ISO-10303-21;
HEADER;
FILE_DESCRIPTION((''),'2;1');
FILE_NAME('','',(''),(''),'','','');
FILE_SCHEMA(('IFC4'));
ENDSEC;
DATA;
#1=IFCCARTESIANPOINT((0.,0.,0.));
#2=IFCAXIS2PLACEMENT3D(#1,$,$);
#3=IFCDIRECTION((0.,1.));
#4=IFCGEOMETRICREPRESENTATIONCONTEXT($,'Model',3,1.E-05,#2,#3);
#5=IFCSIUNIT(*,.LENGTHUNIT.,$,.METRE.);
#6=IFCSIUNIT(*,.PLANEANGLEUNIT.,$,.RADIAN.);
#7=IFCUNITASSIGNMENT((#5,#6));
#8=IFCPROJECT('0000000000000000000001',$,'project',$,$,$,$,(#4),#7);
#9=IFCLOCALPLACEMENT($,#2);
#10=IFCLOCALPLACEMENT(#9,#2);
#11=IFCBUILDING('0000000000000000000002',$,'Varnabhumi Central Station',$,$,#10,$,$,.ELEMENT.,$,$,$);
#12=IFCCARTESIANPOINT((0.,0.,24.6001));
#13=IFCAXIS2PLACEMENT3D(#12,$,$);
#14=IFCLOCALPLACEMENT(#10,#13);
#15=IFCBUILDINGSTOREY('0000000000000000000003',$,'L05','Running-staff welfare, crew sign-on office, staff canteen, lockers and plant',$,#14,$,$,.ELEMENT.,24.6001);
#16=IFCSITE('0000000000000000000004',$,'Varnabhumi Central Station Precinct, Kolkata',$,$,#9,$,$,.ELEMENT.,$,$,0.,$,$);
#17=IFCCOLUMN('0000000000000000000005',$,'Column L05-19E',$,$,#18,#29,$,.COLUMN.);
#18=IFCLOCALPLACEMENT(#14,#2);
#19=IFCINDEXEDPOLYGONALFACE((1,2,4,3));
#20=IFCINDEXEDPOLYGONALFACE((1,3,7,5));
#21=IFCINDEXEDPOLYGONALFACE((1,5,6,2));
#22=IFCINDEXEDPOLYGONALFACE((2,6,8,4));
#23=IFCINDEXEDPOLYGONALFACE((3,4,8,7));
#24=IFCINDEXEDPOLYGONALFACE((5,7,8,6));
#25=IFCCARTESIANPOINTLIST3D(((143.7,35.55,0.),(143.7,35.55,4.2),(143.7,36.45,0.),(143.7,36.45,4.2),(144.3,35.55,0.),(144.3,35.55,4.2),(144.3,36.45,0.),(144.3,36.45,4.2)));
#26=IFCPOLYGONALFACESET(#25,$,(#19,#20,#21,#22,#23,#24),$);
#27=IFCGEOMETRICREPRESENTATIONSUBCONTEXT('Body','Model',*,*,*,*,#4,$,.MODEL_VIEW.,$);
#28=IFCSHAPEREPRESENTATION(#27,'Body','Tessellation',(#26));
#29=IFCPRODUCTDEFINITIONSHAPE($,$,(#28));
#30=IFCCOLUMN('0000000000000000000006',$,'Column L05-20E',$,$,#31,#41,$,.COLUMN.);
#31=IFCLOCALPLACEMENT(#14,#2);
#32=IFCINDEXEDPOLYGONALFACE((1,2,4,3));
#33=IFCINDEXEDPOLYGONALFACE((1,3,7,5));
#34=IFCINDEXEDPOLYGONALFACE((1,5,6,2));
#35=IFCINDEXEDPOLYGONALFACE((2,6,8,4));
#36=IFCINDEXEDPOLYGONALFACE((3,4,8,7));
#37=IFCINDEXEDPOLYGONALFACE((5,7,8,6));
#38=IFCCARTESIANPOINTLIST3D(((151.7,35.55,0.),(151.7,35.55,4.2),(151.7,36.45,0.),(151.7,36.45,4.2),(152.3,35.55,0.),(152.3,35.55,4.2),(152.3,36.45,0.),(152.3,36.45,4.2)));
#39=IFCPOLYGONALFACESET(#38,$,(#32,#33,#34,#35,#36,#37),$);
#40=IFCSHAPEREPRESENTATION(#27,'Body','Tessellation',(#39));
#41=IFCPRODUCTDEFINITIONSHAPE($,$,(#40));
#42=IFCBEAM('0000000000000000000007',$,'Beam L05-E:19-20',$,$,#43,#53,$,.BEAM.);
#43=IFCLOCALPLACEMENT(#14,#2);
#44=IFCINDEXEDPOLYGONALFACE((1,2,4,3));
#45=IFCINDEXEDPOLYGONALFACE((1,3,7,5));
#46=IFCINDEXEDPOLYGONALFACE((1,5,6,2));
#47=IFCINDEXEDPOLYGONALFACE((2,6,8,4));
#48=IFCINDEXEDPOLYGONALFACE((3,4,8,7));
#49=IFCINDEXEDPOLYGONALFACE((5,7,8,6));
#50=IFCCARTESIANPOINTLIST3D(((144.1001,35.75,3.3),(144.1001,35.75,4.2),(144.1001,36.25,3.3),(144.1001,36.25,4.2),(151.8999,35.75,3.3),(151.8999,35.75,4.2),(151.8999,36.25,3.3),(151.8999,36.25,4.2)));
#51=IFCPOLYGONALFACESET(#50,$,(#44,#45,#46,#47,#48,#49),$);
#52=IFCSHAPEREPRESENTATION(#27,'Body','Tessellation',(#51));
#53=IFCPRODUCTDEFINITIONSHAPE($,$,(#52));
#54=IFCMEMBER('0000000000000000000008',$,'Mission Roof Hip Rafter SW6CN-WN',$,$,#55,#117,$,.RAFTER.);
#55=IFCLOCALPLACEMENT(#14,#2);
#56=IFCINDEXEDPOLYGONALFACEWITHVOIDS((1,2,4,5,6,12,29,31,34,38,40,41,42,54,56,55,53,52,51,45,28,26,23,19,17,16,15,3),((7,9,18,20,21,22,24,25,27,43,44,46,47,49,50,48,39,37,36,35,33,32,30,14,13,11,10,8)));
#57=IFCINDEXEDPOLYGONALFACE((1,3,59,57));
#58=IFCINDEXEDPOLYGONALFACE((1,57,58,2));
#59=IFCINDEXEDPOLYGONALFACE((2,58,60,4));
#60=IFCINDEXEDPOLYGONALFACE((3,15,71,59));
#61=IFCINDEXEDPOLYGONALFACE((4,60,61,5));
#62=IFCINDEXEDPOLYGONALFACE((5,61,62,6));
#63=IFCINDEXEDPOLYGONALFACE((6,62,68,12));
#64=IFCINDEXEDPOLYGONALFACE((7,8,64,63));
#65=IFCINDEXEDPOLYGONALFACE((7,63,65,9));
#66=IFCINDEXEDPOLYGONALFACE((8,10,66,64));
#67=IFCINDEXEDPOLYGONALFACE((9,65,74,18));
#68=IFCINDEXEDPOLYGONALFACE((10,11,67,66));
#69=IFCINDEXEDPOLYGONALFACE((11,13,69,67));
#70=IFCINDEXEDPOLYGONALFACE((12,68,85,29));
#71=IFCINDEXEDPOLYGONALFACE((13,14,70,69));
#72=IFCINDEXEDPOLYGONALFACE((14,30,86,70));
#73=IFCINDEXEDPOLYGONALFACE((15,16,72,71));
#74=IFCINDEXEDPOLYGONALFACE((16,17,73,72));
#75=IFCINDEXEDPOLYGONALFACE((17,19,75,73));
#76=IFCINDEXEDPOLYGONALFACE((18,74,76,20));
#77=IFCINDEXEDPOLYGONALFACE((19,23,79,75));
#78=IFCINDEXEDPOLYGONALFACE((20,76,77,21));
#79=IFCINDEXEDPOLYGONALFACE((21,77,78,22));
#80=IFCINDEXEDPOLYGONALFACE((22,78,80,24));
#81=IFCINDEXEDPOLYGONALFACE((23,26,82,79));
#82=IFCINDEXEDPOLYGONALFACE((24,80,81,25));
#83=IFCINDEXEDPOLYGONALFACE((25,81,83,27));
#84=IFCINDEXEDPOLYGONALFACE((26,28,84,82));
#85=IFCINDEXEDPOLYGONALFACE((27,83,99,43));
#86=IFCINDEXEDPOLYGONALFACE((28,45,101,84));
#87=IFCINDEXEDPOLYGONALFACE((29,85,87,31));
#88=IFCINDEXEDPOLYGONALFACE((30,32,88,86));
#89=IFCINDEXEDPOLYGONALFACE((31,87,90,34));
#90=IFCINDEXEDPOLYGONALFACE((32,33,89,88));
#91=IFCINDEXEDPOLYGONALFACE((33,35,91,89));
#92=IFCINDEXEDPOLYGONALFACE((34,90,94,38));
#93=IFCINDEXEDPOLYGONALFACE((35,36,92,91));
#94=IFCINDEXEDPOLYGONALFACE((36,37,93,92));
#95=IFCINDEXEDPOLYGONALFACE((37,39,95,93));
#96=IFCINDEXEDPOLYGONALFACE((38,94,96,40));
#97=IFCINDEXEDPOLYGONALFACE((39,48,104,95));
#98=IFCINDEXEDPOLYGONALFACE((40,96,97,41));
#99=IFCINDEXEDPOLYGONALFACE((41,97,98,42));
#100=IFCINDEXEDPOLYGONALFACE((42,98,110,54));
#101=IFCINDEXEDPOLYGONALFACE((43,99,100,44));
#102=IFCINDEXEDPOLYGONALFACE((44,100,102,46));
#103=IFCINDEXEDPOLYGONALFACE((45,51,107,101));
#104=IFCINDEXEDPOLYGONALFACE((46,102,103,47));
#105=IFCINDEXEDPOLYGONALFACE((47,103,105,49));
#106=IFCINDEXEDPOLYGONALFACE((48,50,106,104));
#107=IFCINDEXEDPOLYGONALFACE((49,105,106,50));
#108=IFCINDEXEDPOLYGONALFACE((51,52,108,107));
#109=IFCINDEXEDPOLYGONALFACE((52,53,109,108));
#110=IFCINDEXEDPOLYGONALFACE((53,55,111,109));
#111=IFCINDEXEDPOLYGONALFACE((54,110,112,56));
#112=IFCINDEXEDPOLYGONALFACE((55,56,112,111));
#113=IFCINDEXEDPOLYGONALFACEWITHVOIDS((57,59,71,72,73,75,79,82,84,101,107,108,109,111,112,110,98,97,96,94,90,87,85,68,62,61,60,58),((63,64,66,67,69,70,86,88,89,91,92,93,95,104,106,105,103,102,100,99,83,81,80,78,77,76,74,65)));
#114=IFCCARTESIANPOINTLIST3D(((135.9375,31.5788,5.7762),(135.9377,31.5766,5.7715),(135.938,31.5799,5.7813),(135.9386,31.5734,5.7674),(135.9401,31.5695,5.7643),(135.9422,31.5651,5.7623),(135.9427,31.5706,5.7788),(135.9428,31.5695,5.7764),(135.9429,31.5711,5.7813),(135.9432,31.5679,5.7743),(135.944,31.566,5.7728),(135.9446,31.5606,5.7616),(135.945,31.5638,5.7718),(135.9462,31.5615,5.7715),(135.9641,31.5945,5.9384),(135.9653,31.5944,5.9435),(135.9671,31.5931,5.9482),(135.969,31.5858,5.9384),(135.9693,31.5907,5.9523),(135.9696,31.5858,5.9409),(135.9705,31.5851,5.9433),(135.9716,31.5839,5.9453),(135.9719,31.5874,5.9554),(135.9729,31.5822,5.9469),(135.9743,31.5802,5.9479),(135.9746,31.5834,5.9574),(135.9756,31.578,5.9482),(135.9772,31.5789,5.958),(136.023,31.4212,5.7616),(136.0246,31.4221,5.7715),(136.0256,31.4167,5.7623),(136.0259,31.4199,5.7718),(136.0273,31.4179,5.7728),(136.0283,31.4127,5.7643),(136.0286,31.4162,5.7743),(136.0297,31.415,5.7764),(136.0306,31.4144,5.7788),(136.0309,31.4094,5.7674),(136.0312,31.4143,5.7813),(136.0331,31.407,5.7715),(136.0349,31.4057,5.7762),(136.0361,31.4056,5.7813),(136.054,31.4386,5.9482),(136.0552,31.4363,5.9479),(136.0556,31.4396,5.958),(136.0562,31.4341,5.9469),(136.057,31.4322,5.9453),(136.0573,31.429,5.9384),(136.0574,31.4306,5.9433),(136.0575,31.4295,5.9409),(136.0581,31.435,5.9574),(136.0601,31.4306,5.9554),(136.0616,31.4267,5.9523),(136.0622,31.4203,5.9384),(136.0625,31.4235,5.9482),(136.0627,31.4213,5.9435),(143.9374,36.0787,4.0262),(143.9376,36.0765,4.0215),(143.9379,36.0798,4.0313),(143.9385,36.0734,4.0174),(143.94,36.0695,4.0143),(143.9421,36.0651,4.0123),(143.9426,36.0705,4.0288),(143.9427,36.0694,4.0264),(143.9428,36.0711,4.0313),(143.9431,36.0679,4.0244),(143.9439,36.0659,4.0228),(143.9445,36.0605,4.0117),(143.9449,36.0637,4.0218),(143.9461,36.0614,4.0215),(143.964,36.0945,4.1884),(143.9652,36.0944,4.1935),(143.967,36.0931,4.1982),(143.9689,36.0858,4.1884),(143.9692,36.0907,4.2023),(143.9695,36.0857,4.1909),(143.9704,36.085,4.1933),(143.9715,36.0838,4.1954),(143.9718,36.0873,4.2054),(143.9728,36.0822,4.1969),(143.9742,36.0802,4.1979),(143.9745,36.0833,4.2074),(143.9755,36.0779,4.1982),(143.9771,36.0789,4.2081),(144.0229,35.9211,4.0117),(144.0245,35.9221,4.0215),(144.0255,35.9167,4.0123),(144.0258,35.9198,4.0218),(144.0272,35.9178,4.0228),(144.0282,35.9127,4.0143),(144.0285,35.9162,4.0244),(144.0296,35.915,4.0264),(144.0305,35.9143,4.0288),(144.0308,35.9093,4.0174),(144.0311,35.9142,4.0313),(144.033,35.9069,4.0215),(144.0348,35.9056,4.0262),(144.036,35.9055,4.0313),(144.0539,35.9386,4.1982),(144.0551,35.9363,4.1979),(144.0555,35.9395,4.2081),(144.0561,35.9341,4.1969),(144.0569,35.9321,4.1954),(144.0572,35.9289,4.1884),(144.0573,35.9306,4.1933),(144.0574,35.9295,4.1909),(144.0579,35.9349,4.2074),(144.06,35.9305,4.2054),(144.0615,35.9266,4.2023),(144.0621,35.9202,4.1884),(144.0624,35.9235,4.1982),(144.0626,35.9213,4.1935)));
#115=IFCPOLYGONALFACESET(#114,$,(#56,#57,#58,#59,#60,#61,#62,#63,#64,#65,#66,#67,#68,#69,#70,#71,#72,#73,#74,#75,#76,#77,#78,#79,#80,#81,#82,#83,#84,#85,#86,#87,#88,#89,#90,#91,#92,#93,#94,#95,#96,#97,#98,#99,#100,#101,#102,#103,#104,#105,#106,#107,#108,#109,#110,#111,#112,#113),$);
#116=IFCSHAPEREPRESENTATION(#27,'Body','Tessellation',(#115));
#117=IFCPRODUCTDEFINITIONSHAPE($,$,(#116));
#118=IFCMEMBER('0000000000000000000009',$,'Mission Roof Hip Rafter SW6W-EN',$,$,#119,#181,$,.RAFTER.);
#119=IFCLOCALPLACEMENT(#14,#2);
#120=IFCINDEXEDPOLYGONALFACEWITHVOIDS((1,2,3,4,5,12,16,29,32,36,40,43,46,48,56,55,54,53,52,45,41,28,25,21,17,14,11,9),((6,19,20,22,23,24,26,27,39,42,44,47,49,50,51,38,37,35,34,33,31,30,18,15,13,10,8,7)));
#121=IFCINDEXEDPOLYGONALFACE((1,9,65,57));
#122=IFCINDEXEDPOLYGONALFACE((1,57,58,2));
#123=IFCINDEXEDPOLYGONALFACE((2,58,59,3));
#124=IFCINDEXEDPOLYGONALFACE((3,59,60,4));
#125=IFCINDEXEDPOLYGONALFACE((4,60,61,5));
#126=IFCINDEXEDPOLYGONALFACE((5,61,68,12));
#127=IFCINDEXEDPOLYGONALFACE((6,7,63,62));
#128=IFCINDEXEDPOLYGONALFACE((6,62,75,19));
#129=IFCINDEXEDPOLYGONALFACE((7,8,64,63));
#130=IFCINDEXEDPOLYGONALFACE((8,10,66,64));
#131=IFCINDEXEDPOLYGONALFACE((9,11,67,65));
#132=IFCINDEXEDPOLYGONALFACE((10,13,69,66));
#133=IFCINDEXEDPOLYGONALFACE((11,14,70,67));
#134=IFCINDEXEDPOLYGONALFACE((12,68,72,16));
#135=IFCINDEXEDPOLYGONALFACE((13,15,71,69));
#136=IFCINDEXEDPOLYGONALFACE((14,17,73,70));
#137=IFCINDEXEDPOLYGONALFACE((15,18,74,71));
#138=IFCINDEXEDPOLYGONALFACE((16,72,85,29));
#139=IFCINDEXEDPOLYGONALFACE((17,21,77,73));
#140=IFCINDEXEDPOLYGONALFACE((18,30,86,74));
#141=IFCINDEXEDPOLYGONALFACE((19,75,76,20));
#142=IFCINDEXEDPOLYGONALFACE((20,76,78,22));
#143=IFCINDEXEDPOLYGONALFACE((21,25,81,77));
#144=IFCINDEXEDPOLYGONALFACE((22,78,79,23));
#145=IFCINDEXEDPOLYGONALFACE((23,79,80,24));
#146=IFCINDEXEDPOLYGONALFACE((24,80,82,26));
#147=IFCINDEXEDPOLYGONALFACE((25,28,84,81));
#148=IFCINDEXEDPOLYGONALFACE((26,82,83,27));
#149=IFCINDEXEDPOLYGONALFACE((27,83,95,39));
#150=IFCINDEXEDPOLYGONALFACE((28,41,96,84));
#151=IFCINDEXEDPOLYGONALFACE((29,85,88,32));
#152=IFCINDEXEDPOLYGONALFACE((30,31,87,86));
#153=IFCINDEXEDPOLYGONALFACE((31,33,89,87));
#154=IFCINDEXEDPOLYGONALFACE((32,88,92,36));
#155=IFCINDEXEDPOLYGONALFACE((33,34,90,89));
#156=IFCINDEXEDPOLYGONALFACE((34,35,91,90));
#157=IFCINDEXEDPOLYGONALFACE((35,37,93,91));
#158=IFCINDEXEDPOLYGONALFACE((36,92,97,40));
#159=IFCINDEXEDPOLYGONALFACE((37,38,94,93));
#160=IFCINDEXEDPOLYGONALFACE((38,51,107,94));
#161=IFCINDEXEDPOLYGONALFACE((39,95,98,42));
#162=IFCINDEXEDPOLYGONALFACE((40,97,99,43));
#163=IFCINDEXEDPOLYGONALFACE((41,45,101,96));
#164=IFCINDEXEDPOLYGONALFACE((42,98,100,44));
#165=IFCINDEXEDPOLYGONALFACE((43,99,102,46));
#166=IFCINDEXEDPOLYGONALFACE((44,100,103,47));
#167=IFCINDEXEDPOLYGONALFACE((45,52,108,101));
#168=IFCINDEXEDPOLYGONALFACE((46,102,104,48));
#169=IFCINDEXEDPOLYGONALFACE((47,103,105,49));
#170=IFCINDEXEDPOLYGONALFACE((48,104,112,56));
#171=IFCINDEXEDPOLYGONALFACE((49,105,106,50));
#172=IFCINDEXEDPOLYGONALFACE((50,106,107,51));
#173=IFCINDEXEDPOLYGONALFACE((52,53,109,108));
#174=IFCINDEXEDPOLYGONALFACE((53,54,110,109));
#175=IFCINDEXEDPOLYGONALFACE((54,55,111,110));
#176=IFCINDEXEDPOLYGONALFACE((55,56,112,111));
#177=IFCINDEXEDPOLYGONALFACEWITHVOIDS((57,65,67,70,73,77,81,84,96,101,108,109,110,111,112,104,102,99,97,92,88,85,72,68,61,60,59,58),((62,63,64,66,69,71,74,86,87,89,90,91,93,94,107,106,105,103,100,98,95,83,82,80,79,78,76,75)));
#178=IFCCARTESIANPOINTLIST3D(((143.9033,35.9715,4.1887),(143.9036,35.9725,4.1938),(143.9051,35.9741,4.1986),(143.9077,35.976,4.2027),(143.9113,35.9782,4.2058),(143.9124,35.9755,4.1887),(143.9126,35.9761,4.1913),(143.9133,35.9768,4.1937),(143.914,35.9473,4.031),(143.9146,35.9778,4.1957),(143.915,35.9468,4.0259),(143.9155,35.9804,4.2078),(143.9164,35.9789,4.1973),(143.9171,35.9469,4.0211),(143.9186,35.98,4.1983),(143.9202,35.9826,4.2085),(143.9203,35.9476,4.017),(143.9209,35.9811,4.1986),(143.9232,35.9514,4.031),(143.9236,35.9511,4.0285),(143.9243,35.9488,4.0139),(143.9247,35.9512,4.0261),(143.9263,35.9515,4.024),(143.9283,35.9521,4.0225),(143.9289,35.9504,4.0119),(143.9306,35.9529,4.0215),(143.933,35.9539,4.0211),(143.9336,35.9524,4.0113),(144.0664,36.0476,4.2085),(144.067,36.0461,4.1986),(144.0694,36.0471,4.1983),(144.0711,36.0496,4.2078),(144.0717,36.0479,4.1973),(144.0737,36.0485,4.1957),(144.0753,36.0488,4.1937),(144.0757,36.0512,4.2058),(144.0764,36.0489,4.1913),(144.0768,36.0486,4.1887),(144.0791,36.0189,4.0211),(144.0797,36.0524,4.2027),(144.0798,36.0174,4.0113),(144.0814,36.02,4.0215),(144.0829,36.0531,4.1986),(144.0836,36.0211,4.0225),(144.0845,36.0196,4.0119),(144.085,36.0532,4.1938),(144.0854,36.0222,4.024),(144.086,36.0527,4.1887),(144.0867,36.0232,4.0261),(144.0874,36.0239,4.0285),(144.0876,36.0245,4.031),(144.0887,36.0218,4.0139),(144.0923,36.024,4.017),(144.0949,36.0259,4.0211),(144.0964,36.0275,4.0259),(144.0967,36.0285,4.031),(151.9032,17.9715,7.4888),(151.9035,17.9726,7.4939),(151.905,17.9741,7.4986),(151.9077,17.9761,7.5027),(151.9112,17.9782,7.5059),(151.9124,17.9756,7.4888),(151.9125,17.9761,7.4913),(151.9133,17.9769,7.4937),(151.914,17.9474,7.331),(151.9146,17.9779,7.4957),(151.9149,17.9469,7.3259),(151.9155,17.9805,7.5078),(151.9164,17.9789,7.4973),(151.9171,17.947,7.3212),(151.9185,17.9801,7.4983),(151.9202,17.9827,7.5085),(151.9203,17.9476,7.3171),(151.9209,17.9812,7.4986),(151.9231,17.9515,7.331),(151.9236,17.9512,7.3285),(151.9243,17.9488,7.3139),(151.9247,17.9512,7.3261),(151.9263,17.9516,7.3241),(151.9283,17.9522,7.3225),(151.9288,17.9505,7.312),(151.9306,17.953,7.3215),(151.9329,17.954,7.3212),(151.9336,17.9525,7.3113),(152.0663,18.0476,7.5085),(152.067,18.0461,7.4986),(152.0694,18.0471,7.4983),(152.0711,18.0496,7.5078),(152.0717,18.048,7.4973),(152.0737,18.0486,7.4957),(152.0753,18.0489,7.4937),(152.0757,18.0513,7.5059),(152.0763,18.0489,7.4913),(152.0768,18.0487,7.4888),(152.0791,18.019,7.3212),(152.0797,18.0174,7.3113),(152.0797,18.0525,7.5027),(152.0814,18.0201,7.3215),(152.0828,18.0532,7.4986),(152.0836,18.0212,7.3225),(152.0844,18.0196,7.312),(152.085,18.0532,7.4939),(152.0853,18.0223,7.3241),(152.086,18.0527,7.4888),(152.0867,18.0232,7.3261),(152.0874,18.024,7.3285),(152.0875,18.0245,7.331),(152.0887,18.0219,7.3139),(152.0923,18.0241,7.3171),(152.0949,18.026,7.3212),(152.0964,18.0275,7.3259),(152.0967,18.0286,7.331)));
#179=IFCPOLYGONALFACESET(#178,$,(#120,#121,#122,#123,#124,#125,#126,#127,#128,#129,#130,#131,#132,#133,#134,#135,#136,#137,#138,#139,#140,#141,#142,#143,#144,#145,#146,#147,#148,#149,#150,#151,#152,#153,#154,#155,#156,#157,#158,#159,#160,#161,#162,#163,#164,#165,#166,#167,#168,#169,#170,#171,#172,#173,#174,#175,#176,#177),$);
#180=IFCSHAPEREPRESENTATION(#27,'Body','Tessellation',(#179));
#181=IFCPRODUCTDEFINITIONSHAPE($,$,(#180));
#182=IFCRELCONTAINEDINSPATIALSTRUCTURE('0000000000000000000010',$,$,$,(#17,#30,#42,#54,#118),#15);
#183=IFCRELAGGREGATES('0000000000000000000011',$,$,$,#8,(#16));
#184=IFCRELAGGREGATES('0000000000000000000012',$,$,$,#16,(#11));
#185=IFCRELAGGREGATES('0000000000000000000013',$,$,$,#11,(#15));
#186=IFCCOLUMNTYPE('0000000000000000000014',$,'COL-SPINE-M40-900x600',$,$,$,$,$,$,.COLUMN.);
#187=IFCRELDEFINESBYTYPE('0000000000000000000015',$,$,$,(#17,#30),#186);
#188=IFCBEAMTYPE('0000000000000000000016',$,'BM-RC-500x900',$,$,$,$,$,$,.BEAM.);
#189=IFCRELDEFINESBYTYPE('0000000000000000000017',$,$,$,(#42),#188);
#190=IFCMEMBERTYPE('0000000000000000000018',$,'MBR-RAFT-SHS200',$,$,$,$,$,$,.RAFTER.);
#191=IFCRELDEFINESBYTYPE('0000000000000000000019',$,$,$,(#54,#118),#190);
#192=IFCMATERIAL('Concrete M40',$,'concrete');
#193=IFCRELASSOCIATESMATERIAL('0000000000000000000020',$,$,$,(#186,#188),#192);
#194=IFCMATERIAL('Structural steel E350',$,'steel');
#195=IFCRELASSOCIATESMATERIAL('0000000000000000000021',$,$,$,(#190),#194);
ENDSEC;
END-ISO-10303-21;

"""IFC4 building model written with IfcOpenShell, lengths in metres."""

from ifc_helpers import new_model, si_unit, direction, frame, origin, origin_2d, place, context, subcontext, project, spatial, rectangle, hollow_rectangle, extrude, material, material_profile, profile_set, type_object, element, save


model = new_model("IFC4")

# Units and contexts
model_context = context("Model", 3, precision=1e-05, world=origin(), true_north=direction((0.0, 1.0)))
body_context = subcontext(model_context, "Body", "Model", "MODEL_VIEW")
ifc_project = project(units=[si_unit("LENGTHUNIT", "METRE"), si_unit("PLANEANGLEUNIT", "RADIAN")], contexts=[model_context])

# Site, building, storey
site_placement = place(None, origin())
site = spatial("IfcSite", under=ifc_project, at=site_placement, Name="Varnabhumi Central Station Precinct, Kolkata", CompositionType="ELEMENT", RefElevation=0.0)
building_placement = place(site_placement, origin())
building = spatial("IfcBuilding", under=site, at=building_placement, Name="Varnabhumi Central Station", CompositionType="ELEMENT")
storey_placement = place(building_placement, frame((0.0, 0.0, 24.6001)))
storey = spatial("IfcBuildingStorey", under=building, at=storey_placement, Name="L05", Description="Running-staff welfare, crew sign-on office, staff canteen, lockers and plant", CompositionType="ELEMENT", Elevation=24.6001)

# Columns
ifc_material_1 = material(Name="Concrete M40", Category="concrete")
ifc_material_profile_1 = material_profile(ifc_material_1, rectangle(XDim=0.6001, YDim=0.8999, at=origin_2d()), Name="Concrete M40", Category="concrete")
ifc_profile_set_1 = profile_set([ifc_material_profile_1], Name="Concrete M40")
column_type = type_object("IfcColumnType", Name="COL-SPINE-M40-900x600", PredefinedType="COLUMN", material=ifc_profile_set_1)
for number, where, z_axis, x_axis, name in (
    (1, (144.0, 36.0, 0.0), (0.0, 0.0, 1.0), (1.0, 0.0, 0.0), "Column L05-19E"),
    (2, (152.0, 36.0, 0.0), (0.0, 0.0, 1.0), (1.0, 0.0, 0.0), "Column L05-20E"),
):
    element("IfcColumn", number, at=place(storey_placement, frame(where, z_axis=z_axis, x_axis=x_axis)), inside=storey, type_object=column_type, Name=name, PredefinedType="COLUMN", context=body_context, shape_type="SweptSolid", body=[
        extrude(rectangle(XDim=0.6001, YDim=0.8999, at=origin_2d()), origin(), (0.0, 0.0, 1.0), 4.2),
    ])

# Beam
ifc_material_profile_2 = material_profile(ifc_material_1, rectangle(XDim=0.5, YDim=0.8999, at=origin_2d()), Name="Concrete M40", Category="concrete")
ifc_profile_set_2 = profile_set([ifc_material_profile_2], Name="Concrete M40")
beam_type = type_object("IfcBeamType", Name="BM-RC-500x900", PredefinedType="BEAM", material=ifc_profile_set_2)
beam_placement = place(storey_placement, frame((144.1001, 36.0, 3.75), z_axis=(1.0, 0.0, 0.0), x_axis=(0.0, 1.0, 0.0)))
element("IfcBeam", 3, at=beam_placement, inside=storey, type_object=beam_type, Name="Beam L05-E:19-20", PredefinedType="BEAM", context=body_context, shape_type="SweptSolid", body=[
    extrude(rectangle(XDim=0.5, YDim=0.8999, at=origin_2d()), origin(), (0.0, 0.0, 1.0), 7.7998),
])

# Members
ifc_material_2 = material(Name="Structural steel E350", Category="steel")
ifc_material_profile_3 = material_profile(ifc_material_2, hollow_rectangle(XDim=0.2, YDim=0.2, WallThickness=0.01, InnerFilletRadius=0.01, OuterFilletRadius=0.02, at=origin_2d()), Name="Structural steel E350", Category="steel")
ifc_profile_set_3 = profile_set([ifc_material_profile_3], Name="Structural steel E350")
member_type = type_object("IfcMemberType", Name="MBR-RAFT-SHS200", PredefinedType="RAFTER", material=ifc_profile_set_3)
member_1_placement = place(storey_placement, frame((144.0, 36.0, 4.1099), z_axis=(-0.856154, -0.481586, 0.187284), x_axis=(0.490261, -0.871576, 0.0)))
element("IfcMember", 4, at=member_1_placement, inside=storey, type_object=member_type, Name="Mission Roof Hip Rafter SW6CN-WN", PredefinedType="RAFTER", context=body_context, shape_type="SweptSolid", body=[
    extrude(hollow_rectangle(XDim=0.2, YDim=0.2, WallThickness=0.01, InnerFilletRadius=0.01, OuterFilletRadius=0.02, at=origin_2d()), origin(), (0.0, 0.0, 1.0), 9.344),
])
member_2_placement = place(storey_placement, frame((144.0, 36.0, 4.1099), z_axis=(0.400556, -0.901251, 0.165232), x_axis=(0.913812, 0.406138, 0.0)))
element("IfcMember", 5, at=member_2_placement, inside=storey, type_object=member_type, Name="Mission Roof Hip Rafter SW6W-EN", PredefinedType="RAFTER", context=body_context, shape_type="SweptSolid", body=[
    extrude(hollow_rectangle(XDim=0.2, YDim=0.2, WallThickness=0.01, InnerFilletRadius=0.01, OuterFilletRadius=0.02, at=origin_2d()), origin(), (0.0, 0.0, 1.0), 19.9722),
])

save(model, "model.ifc")
